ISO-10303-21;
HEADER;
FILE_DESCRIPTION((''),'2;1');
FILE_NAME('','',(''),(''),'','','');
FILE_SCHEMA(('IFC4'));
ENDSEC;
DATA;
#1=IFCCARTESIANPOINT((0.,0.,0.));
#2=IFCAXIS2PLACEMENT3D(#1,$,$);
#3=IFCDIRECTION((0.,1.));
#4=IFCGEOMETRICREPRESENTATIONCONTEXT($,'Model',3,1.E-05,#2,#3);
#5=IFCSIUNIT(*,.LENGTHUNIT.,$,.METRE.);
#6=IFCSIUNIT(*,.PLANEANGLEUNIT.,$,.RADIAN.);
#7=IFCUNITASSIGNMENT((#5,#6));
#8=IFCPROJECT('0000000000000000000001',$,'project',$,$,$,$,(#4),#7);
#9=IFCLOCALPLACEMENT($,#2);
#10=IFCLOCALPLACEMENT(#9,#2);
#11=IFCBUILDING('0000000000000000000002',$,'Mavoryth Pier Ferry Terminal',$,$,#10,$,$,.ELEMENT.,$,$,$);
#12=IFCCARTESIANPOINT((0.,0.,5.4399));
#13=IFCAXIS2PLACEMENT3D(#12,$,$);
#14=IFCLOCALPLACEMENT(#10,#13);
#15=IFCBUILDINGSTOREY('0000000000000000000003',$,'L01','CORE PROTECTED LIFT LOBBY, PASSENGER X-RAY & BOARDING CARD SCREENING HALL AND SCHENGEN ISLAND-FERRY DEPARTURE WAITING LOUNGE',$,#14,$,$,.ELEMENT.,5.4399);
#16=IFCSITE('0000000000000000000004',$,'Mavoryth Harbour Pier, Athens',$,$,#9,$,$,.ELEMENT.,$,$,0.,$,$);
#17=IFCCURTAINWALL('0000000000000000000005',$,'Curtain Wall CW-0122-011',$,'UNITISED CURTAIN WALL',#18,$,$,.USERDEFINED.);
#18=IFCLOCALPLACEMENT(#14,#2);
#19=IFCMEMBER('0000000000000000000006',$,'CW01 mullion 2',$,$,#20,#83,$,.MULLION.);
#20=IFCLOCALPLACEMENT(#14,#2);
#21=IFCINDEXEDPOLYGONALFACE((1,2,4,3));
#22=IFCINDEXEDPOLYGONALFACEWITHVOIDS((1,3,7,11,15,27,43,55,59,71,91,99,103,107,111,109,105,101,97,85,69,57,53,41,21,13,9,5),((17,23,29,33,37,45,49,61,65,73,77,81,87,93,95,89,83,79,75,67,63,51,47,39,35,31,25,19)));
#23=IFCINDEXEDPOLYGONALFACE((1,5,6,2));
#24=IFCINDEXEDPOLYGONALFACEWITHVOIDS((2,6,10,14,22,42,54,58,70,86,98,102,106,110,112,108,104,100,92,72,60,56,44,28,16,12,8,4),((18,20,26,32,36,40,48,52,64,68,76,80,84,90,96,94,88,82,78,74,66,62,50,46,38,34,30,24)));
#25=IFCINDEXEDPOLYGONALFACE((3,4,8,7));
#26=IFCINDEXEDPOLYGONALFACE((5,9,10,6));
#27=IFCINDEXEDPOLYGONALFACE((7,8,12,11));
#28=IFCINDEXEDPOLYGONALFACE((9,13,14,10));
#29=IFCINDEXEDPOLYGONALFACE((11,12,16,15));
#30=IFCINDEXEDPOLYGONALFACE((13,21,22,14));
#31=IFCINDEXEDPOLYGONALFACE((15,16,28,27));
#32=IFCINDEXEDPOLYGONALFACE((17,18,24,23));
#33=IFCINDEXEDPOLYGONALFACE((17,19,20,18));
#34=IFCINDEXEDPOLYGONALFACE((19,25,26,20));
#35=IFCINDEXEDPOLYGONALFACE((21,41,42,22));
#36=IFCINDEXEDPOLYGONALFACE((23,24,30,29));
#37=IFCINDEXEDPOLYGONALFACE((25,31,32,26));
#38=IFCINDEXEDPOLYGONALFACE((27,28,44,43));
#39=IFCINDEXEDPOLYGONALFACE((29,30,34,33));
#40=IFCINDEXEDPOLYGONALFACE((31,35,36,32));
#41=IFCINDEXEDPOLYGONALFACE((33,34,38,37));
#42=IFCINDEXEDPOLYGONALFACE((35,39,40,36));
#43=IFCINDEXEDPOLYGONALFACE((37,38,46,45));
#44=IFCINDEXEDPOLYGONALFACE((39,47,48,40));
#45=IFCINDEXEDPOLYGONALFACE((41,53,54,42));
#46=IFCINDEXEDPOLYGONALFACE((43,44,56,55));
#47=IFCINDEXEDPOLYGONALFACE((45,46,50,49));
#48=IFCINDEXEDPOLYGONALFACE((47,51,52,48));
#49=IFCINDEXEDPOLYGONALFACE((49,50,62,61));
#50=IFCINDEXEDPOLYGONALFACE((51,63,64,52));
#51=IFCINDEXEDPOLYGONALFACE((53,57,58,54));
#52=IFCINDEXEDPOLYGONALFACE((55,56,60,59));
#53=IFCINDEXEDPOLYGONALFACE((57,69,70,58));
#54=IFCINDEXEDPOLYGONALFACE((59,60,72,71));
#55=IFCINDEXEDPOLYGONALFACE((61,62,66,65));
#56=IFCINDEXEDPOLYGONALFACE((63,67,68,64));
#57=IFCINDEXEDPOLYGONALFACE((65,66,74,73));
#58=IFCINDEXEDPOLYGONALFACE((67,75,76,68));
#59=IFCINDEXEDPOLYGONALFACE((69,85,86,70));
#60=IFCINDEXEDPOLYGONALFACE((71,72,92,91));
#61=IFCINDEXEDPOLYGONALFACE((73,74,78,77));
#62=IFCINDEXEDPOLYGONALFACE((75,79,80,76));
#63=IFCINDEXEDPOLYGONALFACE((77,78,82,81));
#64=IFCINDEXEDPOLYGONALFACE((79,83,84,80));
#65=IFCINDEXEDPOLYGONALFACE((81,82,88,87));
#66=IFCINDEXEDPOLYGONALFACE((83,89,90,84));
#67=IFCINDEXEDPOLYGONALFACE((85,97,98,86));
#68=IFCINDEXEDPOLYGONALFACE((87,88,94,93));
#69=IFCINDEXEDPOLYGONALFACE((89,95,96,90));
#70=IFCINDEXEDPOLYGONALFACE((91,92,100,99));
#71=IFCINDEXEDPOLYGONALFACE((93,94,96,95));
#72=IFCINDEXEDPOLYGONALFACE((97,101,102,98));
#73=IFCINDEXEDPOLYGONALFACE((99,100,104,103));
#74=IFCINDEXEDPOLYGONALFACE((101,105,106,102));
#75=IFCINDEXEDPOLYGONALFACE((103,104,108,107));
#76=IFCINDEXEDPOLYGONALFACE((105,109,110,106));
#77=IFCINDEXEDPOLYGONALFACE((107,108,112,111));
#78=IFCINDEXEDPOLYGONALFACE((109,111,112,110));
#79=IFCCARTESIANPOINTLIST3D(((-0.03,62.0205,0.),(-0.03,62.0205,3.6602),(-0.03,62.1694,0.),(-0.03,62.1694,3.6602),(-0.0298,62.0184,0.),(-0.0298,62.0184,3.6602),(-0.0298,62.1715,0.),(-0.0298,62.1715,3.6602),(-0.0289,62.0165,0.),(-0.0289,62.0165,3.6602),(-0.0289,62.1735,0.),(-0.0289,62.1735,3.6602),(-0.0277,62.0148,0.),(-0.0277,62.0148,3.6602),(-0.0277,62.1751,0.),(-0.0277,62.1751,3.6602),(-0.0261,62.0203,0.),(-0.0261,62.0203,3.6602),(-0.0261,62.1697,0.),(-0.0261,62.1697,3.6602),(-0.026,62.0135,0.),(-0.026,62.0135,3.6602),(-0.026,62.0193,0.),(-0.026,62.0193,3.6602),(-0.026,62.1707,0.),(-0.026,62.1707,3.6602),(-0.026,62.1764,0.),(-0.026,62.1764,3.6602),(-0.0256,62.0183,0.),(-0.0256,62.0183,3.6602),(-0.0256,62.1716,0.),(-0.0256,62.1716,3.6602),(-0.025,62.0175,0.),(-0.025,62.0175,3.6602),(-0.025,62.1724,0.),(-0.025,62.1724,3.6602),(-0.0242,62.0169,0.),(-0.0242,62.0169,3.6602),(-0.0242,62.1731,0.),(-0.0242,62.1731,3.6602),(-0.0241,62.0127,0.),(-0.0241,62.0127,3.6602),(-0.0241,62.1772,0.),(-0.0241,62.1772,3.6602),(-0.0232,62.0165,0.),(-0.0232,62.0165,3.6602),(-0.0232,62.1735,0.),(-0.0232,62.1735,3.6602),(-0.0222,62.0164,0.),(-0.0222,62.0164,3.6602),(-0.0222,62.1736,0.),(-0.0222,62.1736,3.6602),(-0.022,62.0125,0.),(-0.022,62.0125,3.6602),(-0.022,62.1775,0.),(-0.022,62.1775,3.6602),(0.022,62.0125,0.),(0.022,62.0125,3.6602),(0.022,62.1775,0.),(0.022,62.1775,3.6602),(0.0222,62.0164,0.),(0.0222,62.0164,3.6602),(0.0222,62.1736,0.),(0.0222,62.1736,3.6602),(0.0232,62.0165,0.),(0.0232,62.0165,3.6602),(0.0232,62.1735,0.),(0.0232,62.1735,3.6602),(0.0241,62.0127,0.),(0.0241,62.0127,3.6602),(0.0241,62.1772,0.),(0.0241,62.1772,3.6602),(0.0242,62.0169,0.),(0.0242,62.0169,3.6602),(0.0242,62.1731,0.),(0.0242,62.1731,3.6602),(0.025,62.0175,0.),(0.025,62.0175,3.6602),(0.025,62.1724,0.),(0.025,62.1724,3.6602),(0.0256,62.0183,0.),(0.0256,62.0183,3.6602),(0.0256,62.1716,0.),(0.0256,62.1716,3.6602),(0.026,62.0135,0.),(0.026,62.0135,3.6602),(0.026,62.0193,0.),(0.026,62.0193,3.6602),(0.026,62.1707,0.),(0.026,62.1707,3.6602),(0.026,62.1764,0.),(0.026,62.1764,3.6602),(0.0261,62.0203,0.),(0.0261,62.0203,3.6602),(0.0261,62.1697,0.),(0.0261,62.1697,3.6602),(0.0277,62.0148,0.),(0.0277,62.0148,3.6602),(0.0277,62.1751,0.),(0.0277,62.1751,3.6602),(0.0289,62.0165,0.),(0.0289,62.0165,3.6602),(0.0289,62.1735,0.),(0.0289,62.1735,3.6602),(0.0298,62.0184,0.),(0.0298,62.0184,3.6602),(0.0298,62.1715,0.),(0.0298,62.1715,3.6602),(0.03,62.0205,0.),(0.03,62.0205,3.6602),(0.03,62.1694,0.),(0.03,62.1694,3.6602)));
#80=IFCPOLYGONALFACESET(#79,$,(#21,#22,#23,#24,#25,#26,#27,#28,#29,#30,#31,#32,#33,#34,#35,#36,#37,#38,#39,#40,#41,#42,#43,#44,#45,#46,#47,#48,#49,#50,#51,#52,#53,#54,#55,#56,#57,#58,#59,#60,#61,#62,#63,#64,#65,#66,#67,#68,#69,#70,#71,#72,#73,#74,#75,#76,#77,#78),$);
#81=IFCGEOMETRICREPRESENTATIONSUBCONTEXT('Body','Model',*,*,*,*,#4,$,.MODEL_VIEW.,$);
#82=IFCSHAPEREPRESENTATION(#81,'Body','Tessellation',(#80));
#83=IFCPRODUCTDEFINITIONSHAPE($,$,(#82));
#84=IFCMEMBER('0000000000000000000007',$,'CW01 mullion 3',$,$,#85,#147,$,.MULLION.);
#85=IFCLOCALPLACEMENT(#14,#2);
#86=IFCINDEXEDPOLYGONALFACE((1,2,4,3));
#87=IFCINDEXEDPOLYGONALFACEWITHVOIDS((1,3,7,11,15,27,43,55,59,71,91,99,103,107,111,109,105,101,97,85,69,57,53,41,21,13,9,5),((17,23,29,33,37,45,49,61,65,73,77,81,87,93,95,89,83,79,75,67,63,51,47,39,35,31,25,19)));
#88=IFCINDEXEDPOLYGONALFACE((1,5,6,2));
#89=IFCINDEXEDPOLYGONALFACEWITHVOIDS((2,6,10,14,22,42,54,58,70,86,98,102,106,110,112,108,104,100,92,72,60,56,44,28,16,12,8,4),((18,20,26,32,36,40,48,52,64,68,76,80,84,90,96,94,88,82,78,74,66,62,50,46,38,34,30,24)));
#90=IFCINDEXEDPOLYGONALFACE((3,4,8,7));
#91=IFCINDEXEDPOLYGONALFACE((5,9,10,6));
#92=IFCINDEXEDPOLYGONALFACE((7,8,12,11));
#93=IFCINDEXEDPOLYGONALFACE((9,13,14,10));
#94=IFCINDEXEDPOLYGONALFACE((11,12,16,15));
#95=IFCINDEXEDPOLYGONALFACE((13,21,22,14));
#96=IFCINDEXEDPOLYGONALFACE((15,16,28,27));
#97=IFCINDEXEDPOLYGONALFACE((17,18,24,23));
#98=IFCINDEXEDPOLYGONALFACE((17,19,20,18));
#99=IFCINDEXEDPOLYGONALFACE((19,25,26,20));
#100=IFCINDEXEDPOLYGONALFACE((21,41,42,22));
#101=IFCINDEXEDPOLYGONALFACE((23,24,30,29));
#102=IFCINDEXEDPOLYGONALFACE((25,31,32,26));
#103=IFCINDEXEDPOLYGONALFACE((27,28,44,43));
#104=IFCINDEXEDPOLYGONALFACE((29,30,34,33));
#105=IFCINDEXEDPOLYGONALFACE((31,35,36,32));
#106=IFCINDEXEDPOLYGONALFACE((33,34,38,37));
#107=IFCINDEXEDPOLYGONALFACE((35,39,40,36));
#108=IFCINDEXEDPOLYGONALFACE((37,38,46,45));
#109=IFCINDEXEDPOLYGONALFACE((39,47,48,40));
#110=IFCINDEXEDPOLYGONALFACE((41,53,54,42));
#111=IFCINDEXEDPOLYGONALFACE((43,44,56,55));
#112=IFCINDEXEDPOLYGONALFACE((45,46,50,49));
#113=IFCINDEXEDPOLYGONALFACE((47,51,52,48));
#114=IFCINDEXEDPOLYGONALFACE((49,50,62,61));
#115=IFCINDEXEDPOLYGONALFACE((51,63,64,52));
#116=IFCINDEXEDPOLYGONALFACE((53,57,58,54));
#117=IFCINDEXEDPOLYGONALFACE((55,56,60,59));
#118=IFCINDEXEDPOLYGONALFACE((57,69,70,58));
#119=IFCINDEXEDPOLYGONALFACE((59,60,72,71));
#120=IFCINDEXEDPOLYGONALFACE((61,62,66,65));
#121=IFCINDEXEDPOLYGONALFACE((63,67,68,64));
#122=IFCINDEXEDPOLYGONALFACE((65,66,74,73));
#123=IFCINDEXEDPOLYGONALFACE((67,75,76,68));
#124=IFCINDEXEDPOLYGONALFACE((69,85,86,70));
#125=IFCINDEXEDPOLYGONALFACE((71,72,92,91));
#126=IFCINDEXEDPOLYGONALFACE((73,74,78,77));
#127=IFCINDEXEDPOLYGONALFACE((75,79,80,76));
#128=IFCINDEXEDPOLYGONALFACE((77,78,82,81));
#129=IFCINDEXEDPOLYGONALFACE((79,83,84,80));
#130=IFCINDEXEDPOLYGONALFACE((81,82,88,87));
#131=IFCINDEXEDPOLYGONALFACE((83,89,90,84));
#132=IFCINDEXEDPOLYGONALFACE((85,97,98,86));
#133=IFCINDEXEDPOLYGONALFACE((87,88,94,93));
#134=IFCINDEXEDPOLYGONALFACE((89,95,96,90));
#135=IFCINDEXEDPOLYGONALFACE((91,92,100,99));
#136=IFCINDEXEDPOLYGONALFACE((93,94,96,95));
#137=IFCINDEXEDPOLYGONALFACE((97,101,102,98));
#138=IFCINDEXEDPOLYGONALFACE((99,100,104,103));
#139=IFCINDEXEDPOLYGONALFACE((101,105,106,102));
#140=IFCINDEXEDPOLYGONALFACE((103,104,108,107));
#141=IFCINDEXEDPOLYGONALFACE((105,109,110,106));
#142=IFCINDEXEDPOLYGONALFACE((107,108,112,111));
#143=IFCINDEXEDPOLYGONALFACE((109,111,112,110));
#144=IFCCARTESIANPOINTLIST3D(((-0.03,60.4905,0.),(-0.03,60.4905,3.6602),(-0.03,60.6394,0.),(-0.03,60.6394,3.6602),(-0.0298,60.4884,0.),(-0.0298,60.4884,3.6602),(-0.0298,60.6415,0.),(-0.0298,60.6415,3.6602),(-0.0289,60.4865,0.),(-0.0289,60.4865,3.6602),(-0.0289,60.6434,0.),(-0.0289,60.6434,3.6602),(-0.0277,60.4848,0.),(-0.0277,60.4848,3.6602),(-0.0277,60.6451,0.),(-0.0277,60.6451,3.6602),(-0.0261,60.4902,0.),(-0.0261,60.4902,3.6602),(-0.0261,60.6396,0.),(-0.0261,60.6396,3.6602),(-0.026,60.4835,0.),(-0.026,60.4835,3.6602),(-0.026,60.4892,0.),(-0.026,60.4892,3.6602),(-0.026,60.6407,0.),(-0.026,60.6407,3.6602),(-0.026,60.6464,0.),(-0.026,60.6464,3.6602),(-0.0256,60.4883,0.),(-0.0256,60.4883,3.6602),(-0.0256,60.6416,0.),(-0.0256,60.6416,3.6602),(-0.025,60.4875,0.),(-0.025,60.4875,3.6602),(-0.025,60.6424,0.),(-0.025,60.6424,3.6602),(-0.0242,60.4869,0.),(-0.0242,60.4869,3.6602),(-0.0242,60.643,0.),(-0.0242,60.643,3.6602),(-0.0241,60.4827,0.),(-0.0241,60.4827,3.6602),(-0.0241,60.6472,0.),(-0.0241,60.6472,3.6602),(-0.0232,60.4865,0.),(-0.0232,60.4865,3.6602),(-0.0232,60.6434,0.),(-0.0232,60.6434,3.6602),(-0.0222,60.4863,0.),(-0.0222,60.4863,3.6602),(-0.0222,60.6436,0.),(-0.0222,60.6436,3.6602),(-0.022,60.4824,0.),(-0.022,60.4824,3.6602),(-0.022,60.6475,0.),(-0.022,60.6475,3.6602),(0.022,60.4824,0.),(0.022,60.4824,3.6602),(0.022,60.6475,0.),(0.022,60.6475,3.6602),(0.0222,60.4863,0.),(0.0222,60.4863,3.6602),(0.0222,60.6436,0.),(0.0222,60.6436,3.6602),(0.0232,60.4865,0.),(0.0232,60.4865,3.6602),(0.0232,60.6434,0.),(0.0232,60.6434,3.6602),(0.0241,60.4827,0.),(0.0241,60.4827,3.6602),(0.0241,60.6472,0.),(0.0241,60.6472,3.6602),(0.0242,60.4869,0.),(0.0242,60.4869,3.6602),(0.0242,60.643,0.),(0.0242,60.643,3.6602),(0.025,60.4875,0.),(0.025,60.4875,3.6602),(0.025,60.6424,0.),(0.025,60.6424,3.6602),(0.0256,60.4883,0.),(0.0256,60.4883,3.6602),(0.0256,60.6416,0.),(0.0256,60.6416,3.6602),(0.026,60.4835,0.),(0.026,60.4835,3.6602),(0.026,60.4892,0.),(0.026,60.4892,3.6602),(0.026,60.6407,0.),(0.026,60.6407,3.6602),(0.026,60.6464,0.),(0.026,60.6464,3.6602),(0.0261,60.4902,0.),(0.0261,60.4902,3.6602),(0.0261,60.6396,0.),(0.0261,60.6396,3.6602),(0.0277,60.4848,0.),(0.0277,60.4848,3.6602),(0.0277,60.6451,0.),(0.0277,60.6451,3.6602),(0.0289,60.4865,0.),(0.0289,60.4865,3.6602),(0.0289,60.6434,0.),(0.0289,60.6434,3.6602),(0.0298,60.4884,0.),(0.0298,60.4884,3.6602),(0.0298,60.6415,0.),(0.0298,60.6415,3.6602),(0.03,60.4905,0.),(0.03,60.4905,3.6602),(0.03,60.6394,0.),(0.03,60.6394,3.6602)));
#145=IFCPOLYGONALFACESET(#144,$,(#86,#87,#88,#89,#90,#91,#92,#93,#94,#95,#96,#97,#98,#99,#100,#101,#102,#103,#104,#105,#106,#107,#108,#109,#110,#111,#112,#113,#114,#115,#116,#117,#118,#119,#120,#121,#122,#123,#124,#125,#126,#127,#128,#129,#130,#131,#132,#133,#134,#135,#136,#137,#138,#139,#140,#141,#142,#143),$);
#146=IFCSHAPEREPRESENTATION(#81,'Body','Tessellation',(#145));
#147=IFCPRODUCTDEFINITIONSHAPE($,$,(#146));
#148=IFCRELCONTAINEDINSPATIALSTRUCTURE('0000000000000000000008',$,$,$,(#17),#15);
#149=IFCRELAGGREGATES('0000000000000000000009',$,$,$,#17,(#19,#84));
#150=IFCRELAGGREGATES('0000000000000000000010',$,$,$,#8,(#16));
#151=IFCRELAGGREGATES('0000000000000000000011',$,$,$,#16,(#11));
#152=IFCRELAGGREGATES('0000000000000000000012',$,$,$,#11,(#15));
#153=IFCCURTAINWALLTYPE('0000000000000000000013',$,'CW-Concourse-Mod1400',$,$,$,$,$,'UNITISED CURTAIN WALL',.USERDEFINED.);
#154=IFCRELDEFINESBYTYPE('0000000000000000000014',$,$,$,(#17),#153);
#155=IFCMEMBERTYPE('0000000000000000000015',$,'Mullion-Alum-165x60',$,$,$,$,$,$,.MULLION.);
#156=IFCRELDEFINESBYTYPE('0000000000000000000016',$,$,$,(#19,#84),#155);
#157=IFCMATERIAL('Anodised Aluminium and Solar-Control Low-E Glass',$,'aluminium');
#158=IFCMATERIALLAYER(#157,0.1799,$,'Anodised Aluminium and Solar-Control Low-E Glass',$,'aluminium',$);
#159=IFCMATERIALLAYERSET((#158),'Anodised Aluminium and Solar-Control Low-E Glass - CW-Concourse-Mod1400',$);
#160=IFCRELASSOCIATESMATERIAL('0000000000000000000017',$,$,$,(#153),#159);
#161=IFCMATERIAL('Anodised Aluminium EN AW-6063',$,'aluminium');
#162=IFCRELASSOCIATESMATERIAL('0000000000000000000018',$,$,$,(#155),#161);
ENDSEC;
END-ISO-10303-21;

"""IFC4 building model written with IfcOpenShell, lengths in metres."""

from ifc_helpers import new_model, si_unit, direction, frame, origin, origin_2d, place, context, subcontext, project, spatial, hollow_rectangle, extrude, material, layer, layer_set, material_profile, profile_set, type_object, element, aggregate, save


model = new_model("IFC4")

# Units and contexts
model_context = context("Model", 3, precision=1e-05, world=origin(), true_north=direction((0.0, 1.0)))
body_context = subcontext(model_context, "Body", "Model", "MODEL_VIEW")
ifc_project = project(units=[si_unit("LENGTHUNIT", "METRE"), si_unit("PLANEANGLEUNIT", "RADIAN")], contexts=[model_context])

# Site, building, storey
site_placement = place(None, origin())
site = spatial("IfcSite", under=ifc_project, at=site_placement, Name="Mavoryth Harbour Pier, Athens", CompositionType="ELEMENT", RefElevation=0.0)
building_placement = place(site_placement, origin())
building = spatial("IfcBuilding", under=site, at=building_placement, Name="Mavoryth Pier Ferry Terminal", CompositionType="ELEMENT")
storey_placement = place(building_placement, frame((0.0, 0.0, 5.4399)))
storey = spatial("IfcBuildingStorey", under=building, at=storey_placement, Name="L01", Description="CORE PROTECTED LIFT LOBBY, PASSENGER X-RAY & BOARDING CARD SCREENING HALL AND SCHENGEN ISLAND-FERRY DEPARTURE WAITING LOUNGE", CompositionType="ELEMENT", Elevation=5.4399)

# Curtain wall, members
ifc_material_1 = material(Name="Anodised Aluminium and Solar-Control Low-E Glass", Category="aluminium")
ifc_layer_1 = layer(ifc_material_1, 0.1799, Name="Anodised Aluminium and Solar-Control Low-E Glass", Category="aluminium")
ifc_layer_set_1 = layer_set([ifc_layer_1], Name="Anodised Aluminium and Solar-Control Low-E Glass - CW-Concourse-Mod1400")
curtain_wall_type = type_object("IfcCurtainWallType", Name="CW-Concourse-Mod1400", ElementType="UNITISED CURTAIN WALL", PredefinedType="USERDEFINED", material=ifc_layer_set_1)
curtain_wall_placement = place(storey_placement, origin())
curtain_wall = element("IfcCurtainWall", 1, at=curtain_wall_placement, inside=storey, type_object=curtain_wall_type, Name="Curtain Wall CW-0122-011", ObjectType="UNITISED CURTAIN WALL", PredefinedType="USERDEFINED")
ifc_material_2 = material(Name="Anodised Aluminium EN AW-6063", Category="aluminium")
ifc_material_profile_1 = material_profile(ifc_material_2, hollow_rectangle(XDim=0.0601, YDim=0.165, WallThickness=0.0039, InnerFilletRadius=0.0039, OuterFilletRadius=0.0081, at=origin_2d()), Name="AL-MULL 165x60x4", Category="aluminium")
ifc_profile_set_1 = profile_set([ifc_material_profile_1], Name="Anodised Aluminium EN AW-6063 - AL-MULL 165x60x4")
member_type_1 = type_object("IfcMemberType", Name="Mullion-Alum-165x60", PredefinedType="MULLION", material=ifc_profile_set_1)
member_1_placement = place(storey_placement, frame((0.0, 62.095, 0.0), z_axis=(0.0, 0.0, 1.0), x_axis=(1.0, 0.0, 0.0)))
member_1 = element("IfcMember", 2, at=member_1_placement, type_object=member_type_1, Name="CW01 mullion 2", PredefinedType="MULLION", context=body_context, shape_type="SweptSolid", body=[
    extrude(hollow_rectangle(XDim=0.0601, YDim=0.165, WallThickness=0.0039, InnerFilletRadius=0.0039, OuterFilletRadius=0.0081, at=origin_2d()), origin(), (0.0, 0.0, 1.0), 3.6602),
])
member_2_placement = place(storey_placement, frame((0.0, 60.5649, 0.0), z_axis=(0.0, 0.0, 1.0), x_axis=(1.0, 0.0, 0.0)))
member_2 = element("IfcMember", 3, at=member_2_placement, type_object=member_type_1, Name="CW01 mullion 3", PredefinedType="MULLION", context=body_context, shape_type="SweptSolid", body=[
    extrude(hollow_rectangle(XDim=0.0601, YDim=0.165, WallThickness=0.0039, InnerFilletRadius=0.0039, OuterFilletRadius=0.0081, at=origin_2d()), origin(), (0.0, 0.0, 1.0), 3.6602),
])
aggregate(curtain_wall, [member_1, member_2])

save(model, "model.ifc")
